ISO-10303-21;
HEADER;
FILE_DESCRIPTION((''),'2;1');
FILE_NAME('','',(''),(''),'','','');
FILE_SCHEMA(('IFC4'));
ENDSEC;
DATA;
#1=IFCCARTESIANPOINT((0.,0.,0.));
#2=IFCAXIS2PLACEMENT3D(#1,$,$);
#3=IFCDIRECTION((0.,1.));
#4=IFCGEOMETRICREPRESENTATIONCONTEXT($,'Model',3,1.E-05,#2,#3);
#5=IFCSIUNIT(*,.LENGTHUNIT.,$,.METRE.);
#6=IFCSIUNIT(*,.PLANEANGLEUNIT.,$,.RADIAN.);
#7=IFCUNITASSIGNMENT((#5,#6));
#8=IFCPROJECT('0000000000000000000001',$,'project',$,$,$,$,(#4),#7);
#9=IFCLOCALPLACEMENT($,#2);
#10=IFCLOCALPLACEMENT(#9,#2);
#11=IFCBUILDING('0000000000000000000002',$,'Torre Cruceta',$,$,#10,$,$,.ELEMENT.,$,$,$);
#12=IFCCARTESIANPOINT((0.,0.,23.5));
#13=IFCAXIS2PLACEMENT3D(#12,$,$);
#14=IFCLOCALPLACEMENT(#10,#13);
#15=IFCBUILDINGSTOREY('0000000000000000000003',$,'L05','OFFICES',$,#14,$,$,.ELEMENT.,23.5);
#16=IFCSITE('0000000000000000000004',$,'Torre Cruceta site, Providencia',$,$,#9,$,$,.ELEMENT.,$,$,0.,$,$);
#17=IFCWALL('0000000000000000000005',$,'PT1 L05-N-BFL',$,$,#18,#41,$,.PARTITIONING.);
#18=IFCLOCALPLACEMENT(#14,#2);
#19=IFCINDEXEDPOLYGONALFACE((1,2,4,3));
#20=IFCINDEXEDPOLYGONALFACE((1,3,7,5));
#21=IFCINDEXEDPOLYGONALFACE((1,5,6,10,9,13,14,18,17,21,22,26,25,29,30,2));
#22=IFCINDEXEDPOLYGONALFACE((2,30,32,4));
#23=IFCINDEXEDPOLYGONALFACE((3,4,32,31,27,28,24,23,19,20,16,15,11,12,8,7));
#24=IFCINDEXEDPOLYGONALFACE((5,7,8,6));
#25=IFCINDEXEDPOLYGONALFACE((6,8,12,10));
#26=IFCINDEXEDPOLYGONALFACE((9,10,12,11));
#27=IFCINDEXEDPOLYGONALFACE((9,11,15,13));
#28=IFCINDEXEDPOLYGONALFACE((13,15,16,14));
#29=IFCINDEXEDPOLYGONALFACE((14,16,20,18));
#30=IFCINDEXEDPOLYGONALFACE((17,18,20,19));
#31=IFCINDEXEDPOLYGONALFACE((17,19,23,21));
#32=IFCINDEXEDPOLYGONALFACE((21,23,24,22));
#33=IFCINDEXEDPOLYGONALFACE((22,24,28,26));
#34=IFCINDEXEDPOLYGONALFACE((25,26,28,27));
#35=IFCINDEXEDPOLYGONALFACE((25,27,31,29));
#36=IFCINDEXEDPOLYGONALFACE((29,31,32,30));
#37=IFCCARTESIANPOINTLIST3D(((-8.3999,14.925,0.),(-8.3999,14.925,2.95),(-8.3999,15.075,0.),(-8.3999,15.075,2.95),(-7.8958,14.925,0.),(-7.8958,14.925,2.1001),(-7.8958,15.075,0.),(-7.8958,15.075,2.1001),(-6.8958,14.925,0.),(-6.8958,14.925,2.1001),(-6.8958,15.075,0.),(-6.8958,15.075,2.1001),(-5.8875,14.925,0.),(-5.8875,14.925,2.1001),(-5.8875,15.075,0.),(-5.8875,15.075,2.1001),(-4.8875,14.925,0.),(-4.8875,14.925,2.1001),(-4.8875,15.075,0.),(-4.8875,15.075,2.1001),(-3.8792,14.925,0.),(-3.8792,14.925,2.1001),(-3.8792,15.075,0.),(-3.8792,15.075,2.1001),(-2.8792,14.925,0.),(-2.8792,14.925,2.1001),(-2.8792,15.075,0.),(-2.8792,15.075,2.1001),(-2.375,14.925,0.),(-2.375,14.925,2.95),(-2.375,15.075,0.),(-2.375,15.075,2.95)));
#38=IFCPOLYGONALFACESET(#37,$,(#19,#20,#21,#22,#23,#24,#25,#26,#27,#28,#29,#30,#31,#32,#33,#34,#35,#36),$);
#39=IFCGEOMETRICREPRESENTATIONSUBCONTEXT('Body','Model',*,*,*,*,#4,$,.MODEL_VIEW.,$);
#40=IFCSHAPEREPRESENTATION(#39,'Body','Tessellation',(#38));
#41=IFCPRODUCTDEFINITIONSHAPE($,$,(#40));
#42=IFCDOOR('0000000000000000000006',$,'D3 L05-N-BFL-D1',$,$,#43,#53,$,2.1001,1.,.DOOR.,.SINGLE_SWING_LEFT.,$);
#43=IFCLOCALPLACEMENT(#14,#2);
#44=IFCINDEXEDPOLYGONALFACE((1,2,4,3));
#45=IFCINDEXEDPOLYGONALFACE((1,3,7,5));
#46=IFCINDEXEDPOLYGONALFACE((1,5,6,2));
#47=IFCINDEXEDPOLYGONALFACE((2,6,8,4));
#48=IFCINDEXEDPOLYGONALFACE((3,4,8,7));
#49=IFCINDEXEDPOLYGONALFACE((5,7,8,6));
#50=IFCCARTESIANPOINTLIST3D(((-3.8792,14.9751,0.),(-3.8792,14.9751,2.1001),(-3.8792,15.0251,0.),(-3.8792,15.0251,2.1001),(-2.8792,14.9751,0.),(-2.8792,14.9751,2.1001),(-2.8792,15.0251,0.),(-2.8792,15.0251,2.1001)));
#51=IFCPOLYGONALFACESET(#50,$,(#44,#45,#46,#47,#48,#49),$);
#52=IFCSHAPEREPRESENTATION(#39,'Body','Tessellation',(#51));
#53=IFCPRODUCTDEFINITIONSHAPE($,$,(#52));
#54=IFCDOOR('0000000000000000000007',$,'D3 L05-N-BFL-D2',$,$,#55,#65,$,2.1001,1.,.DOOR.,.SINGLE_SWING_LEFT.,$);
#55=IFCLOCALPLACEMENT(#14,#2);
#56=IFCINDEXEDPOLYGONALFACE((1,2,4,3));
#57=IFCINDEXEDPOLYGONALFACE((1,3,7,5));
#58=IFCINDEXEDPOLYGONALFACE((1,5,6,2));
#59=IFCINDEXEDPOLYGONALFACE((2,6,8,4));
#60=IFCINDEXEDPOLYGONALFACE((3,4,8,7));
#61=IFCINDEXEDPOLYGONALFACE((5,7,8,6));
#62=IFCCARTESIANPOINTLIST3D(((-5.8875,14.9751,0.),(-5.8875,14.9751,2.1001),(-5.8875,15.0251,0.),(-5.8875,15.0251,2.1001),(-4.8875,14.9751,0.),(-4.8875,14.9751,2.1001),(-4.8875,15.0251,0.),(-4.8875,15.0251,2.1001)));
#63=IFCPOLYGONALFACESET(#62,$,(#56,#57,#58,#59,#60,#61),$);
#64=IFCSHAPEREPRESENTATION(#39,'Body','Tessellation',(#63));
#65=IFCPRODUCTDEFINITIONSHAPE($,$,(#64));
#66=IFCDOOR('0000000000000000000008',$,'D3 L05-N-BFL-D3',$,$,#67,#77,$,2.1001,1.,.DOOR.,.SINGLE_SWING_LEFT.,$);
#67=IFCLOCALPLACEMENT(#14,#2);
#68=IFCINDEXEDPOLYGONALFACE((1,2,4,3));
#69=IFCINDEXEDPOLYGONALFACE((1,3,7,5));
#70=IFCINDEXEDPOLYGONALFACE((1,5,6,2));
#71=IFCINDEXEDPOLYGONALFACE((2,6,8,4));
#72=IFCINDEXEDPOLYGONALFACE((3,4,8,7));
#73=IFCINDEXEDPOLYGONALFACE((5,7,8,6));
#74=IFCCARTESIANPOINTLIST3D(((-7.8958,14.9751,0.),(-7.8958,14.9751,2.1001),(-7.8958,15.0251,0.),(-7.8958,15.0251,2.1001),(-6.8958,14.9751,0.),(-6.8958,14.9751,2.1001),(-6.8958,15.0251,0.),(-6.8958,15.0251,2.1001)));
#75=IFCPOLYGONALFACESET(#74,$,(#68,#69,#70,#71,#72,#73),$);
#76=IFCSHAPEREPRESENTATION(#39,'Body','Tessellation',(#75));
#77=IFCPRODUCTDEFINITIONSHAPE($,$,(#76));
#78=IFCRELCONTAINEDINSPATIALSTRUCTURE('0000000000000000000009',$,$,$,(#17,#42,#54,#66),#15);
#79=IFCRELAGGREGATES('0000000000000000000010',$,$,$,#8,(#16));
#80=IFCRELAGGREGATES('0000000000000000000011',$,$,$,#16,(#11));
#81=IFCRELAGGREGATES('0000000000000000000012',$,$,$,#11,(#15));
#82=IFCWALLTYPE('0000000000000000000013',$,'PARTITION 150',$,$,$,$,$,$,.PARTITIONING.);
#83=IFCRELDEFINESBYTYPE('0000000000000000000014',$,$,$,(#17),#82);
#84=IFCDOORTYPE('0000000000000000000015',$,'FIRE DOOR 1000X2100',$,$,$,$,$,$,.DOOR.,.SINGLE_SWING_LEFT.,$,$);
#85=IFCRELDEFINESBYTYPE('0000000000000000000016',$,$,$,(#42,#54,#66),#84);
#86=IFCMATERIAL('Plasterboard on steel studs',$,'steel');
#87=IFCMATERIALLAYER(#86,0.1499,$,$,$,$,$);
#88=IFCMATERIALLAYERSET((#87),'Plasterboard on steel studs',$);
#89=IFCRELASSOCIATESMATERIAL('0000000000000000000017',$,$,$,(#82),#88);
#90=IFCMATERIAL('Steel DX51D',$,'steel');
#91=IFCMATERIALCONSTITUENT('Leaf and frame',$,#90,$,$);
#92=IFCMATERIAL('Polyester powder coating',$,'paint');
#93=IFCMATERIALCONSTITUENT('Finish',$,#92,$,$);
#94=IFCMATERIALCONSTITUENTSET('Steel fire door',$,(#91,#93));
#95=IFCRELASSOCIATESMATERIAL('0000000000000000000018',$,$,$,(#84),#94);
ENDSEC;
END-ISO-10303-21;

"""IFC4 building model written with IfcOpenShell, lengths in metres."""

from ifc_helpers import new_model, si_unit, direction, frame, frame_2d, origin, place, context, subcontext, project, spatial, rectangle, extrude, material, layer, layer_set, constituent, constituent_set, type_object, element, fill, save


model = new_model("IFC4")

# Units and contexts
model_context = context("Model", 3, precision=1e-05, world=origin(), true_north=direction((0.0, 1.0)))
body_context = subcontext(model_context, "Body", "Model", "MODEL_VIEW")
ifc_project = project(units=[si_unit("LENGTHUNIT", "METRE"), si_unit("PLANEANGLEUNIT", "RADIAN")], contexts=[model_context])

# Site, building, storey
site_placement = place(None, origin())
site = spatial("IfcSite", under=ifc_project, at=site_placement, Name="Torre Cruceta site, Providencia", CompositionType="ELEMENT", RefElevation=0.0)
building_placement = place(site_placement, origin())
building = spatial("IfcBuilding", under=site, at=building_placement, Name="Torre Cruceta", CompositionType="ELEMENT")
storey_placement = place(building_placement, frame((0.0, 0.0, 23.5)))
storey = spatial("IfcBuildingStorey", under=building, at=storey_placement, Name="L05", Description="OFFICES", CompositionType="ELEMENT", Elevation=23.5)

# Wall, openings, doors
ifc_material_1 = material(Name="Plasterboard on steel studs", Category="steel")
ifc_layer_1 = layer(ifc_material_1, 0.1499)
ifc_layer_set_1 = layer_set([ifc_layer_1], Name="Plasterboard on steel studs")
wall_type_1 = type_object("IfcWallType", Name="PARTITION 150", PredefinedType="PARTITIONING", material=ifc_layer_set_1)
wall_1_placement = place(storey_placement, frame((-2.375, 15.0, 0.0), z_axis=(0.0, 0.0, 1.0), x_axis=(-1.0, 0.0, 0.0)))
wall_1 = element("IfcWall", 1, at=wall_1_placement, inside=storey, type_object=wall_type_1, Name="PT1 L05-N-BFL", PredefinedType="PARTITIONING", context=body_context, shape_type="SweptSolid", body=[
    extrude(rectangle(XDim=6.0249, YDim=0.1499, at=frame_2d((3.0125, 0.0))), origin(), (0.0, 0.0, 1.0), 2.95),
])
opening_1_placement = place(wall_1_placement, frame((0.5042, 0.0, 0.0)))
opening_1 = element("IfcOpeningElement", 2, at=opening_1_placement, cuts=wall_1, PredefinedType="OPENING", context=body_context, shape_type="SweptSolid", body=[
    extrude(rectangle(XDim=1.0, YDim=2.1001, at=frame_2d((0.5, 1.05))), frame((0.0, 0.085, 0.0), z_axis=(0.0, -1.0, 0.0), x_axis=(1.0, 0.0, 0.0)), (0.0, 0.0, 1.0), 0.1699),
])
opening_2_placement = place(wall_1_placement, frame((2.5125, 0.0, 0.0)))
opening_2 = element("IfcOpeningElement", 3, at=opening_2_placement, cuts=wall_1, PredefinedType="OPENING", context=body_context, shape_type="SweptSolid", body=[
    extrude(rectangle(XDim=1.0, YDim=2.1001, at=frame_2d((0.5, 1.05))), frame((0.0, 0.085, 0.0), z_axis=(0.0, -1.0, 0.0), x_axis=(1.0, 0.0, 0.0)), (0.0, 0.0, 1.0), 0.1699),
])
opening_3_placement = place(wall_1_placement, frame((4.5208, 0.0, 0.0)))
opening_3 = element("IfcOpeningElement", 4, at=opening_3_placement, cuts=wall_1, PredefinedType="OPENING", context=body_context, shape_type="SweptSolid", body=[
    extrude(rectangle(XDim=1.0, YDim=2.1001, at=frame_2d((0.5, 1.05))), frame((0.0, 0.085, 0.0), z_axis=(0.0, -1.0, 0.0), x_axis=(1.0, 0.0, 0.0)), (0.0, 0.0, 1.0), 0.1699),
])
ifc_material_2 = material(Name="Steel DX51D", Category="steel")
ifc_constituent_1 = constituent(ifc_material_2, Name="Leaf and frame")
ifc_material_3 = material(Name="Polyester powder coating", Category="paint")
ifc_constituent_2 = constituent(ifc_material_3, Name="Finish")
ifc_constituent_set_1 = constituent_set(constituents=[ifc_constituent_1, ifc_constituent_2], Name="Steel fire door")
door_type = type_object("IfcDoorType", Name="FIRE DOOR 1000X2100", OperationType="SINGLE_SWING_LEFT", PredefinedType="DOOR", material=ifc_constituent_set_1)
door_1_placement = place(opening_1_placement, origin())
door_1 = element("IfcDoor", 5, at=door_1_placement, inside=storey, type_object=door_type, Name="D3 L05-N-BFL-D1", OperationType="SINGLE_SWING_LEFT", OverallHeight=2.1001, OverallWidth=1.0, PredefinedType="DOOR", context=body_context, shape_type="SweptSolid", body=[
    extrude(rectangle(XDim=1.0, YDim=2.1001, at=frame_2d((0.5, 1.05))), frame((0.0, 0.0249, 0.0), z_axis=(0.0, -1.0, 0.0), x_axis=(1.0, 0.0, 0.0)), (0.0, 0.0, 1.0), 0.05),
])
fill(opening_1, door_1)
door_2_placement = place(opening_2_placement, origin())
door_2 = element("IfcDoor", 6, at=door_2_placement, inside=storey, type_object=door_type, Name="D3 L05-N-BFL-D2", OperationType="SINGLE_SWING_LEFT", OverallHeight=2.1001, OverallWidth=1.0, PredefinedType="DOOR", context=body_context, shape_type="SweptSolid", body=[
    extrude(rectangle(XDim=1.0, YDim=2.1001, at=frame_2d((0.5, 1.05))), frame((0.0, 0.0249, 0.0), z_axis=(0.0, -1.0, 0.0), x_axis=(1.0, 0.0, 0.0)), (0.0, 0.0, 1.0), 0.05),
])
fill(opening_2, door_2)
door_3_placement = place(opening_3_placement, origin())
door_3 = element("IfcDoor", 7, at=door_3_placement, inside=storey, type_object=door_type, Name="D3 L05-N-BFL-D3", OperationType="SINGLE_SWING_LEFT", OverallHeight=2.1001, OverallWidth=1.0, PredefinedType="DOOR", context=body_context, shape_type="SweptSolid", body=[
    extrude(rectangle(XDim=1.0, YDim=2.1001, at=frame_2d((0.5, 1.05))), frame((0.0, 0.0249, 0.0), z_axis=(0.0, -1.0, 0.0), x_axis=(1.0, 0.0, 0.0)), (0.0, 0.0, 1.0), 0.05),
])
fill(opening_3, door_3)

save(model, "model.ifc")
